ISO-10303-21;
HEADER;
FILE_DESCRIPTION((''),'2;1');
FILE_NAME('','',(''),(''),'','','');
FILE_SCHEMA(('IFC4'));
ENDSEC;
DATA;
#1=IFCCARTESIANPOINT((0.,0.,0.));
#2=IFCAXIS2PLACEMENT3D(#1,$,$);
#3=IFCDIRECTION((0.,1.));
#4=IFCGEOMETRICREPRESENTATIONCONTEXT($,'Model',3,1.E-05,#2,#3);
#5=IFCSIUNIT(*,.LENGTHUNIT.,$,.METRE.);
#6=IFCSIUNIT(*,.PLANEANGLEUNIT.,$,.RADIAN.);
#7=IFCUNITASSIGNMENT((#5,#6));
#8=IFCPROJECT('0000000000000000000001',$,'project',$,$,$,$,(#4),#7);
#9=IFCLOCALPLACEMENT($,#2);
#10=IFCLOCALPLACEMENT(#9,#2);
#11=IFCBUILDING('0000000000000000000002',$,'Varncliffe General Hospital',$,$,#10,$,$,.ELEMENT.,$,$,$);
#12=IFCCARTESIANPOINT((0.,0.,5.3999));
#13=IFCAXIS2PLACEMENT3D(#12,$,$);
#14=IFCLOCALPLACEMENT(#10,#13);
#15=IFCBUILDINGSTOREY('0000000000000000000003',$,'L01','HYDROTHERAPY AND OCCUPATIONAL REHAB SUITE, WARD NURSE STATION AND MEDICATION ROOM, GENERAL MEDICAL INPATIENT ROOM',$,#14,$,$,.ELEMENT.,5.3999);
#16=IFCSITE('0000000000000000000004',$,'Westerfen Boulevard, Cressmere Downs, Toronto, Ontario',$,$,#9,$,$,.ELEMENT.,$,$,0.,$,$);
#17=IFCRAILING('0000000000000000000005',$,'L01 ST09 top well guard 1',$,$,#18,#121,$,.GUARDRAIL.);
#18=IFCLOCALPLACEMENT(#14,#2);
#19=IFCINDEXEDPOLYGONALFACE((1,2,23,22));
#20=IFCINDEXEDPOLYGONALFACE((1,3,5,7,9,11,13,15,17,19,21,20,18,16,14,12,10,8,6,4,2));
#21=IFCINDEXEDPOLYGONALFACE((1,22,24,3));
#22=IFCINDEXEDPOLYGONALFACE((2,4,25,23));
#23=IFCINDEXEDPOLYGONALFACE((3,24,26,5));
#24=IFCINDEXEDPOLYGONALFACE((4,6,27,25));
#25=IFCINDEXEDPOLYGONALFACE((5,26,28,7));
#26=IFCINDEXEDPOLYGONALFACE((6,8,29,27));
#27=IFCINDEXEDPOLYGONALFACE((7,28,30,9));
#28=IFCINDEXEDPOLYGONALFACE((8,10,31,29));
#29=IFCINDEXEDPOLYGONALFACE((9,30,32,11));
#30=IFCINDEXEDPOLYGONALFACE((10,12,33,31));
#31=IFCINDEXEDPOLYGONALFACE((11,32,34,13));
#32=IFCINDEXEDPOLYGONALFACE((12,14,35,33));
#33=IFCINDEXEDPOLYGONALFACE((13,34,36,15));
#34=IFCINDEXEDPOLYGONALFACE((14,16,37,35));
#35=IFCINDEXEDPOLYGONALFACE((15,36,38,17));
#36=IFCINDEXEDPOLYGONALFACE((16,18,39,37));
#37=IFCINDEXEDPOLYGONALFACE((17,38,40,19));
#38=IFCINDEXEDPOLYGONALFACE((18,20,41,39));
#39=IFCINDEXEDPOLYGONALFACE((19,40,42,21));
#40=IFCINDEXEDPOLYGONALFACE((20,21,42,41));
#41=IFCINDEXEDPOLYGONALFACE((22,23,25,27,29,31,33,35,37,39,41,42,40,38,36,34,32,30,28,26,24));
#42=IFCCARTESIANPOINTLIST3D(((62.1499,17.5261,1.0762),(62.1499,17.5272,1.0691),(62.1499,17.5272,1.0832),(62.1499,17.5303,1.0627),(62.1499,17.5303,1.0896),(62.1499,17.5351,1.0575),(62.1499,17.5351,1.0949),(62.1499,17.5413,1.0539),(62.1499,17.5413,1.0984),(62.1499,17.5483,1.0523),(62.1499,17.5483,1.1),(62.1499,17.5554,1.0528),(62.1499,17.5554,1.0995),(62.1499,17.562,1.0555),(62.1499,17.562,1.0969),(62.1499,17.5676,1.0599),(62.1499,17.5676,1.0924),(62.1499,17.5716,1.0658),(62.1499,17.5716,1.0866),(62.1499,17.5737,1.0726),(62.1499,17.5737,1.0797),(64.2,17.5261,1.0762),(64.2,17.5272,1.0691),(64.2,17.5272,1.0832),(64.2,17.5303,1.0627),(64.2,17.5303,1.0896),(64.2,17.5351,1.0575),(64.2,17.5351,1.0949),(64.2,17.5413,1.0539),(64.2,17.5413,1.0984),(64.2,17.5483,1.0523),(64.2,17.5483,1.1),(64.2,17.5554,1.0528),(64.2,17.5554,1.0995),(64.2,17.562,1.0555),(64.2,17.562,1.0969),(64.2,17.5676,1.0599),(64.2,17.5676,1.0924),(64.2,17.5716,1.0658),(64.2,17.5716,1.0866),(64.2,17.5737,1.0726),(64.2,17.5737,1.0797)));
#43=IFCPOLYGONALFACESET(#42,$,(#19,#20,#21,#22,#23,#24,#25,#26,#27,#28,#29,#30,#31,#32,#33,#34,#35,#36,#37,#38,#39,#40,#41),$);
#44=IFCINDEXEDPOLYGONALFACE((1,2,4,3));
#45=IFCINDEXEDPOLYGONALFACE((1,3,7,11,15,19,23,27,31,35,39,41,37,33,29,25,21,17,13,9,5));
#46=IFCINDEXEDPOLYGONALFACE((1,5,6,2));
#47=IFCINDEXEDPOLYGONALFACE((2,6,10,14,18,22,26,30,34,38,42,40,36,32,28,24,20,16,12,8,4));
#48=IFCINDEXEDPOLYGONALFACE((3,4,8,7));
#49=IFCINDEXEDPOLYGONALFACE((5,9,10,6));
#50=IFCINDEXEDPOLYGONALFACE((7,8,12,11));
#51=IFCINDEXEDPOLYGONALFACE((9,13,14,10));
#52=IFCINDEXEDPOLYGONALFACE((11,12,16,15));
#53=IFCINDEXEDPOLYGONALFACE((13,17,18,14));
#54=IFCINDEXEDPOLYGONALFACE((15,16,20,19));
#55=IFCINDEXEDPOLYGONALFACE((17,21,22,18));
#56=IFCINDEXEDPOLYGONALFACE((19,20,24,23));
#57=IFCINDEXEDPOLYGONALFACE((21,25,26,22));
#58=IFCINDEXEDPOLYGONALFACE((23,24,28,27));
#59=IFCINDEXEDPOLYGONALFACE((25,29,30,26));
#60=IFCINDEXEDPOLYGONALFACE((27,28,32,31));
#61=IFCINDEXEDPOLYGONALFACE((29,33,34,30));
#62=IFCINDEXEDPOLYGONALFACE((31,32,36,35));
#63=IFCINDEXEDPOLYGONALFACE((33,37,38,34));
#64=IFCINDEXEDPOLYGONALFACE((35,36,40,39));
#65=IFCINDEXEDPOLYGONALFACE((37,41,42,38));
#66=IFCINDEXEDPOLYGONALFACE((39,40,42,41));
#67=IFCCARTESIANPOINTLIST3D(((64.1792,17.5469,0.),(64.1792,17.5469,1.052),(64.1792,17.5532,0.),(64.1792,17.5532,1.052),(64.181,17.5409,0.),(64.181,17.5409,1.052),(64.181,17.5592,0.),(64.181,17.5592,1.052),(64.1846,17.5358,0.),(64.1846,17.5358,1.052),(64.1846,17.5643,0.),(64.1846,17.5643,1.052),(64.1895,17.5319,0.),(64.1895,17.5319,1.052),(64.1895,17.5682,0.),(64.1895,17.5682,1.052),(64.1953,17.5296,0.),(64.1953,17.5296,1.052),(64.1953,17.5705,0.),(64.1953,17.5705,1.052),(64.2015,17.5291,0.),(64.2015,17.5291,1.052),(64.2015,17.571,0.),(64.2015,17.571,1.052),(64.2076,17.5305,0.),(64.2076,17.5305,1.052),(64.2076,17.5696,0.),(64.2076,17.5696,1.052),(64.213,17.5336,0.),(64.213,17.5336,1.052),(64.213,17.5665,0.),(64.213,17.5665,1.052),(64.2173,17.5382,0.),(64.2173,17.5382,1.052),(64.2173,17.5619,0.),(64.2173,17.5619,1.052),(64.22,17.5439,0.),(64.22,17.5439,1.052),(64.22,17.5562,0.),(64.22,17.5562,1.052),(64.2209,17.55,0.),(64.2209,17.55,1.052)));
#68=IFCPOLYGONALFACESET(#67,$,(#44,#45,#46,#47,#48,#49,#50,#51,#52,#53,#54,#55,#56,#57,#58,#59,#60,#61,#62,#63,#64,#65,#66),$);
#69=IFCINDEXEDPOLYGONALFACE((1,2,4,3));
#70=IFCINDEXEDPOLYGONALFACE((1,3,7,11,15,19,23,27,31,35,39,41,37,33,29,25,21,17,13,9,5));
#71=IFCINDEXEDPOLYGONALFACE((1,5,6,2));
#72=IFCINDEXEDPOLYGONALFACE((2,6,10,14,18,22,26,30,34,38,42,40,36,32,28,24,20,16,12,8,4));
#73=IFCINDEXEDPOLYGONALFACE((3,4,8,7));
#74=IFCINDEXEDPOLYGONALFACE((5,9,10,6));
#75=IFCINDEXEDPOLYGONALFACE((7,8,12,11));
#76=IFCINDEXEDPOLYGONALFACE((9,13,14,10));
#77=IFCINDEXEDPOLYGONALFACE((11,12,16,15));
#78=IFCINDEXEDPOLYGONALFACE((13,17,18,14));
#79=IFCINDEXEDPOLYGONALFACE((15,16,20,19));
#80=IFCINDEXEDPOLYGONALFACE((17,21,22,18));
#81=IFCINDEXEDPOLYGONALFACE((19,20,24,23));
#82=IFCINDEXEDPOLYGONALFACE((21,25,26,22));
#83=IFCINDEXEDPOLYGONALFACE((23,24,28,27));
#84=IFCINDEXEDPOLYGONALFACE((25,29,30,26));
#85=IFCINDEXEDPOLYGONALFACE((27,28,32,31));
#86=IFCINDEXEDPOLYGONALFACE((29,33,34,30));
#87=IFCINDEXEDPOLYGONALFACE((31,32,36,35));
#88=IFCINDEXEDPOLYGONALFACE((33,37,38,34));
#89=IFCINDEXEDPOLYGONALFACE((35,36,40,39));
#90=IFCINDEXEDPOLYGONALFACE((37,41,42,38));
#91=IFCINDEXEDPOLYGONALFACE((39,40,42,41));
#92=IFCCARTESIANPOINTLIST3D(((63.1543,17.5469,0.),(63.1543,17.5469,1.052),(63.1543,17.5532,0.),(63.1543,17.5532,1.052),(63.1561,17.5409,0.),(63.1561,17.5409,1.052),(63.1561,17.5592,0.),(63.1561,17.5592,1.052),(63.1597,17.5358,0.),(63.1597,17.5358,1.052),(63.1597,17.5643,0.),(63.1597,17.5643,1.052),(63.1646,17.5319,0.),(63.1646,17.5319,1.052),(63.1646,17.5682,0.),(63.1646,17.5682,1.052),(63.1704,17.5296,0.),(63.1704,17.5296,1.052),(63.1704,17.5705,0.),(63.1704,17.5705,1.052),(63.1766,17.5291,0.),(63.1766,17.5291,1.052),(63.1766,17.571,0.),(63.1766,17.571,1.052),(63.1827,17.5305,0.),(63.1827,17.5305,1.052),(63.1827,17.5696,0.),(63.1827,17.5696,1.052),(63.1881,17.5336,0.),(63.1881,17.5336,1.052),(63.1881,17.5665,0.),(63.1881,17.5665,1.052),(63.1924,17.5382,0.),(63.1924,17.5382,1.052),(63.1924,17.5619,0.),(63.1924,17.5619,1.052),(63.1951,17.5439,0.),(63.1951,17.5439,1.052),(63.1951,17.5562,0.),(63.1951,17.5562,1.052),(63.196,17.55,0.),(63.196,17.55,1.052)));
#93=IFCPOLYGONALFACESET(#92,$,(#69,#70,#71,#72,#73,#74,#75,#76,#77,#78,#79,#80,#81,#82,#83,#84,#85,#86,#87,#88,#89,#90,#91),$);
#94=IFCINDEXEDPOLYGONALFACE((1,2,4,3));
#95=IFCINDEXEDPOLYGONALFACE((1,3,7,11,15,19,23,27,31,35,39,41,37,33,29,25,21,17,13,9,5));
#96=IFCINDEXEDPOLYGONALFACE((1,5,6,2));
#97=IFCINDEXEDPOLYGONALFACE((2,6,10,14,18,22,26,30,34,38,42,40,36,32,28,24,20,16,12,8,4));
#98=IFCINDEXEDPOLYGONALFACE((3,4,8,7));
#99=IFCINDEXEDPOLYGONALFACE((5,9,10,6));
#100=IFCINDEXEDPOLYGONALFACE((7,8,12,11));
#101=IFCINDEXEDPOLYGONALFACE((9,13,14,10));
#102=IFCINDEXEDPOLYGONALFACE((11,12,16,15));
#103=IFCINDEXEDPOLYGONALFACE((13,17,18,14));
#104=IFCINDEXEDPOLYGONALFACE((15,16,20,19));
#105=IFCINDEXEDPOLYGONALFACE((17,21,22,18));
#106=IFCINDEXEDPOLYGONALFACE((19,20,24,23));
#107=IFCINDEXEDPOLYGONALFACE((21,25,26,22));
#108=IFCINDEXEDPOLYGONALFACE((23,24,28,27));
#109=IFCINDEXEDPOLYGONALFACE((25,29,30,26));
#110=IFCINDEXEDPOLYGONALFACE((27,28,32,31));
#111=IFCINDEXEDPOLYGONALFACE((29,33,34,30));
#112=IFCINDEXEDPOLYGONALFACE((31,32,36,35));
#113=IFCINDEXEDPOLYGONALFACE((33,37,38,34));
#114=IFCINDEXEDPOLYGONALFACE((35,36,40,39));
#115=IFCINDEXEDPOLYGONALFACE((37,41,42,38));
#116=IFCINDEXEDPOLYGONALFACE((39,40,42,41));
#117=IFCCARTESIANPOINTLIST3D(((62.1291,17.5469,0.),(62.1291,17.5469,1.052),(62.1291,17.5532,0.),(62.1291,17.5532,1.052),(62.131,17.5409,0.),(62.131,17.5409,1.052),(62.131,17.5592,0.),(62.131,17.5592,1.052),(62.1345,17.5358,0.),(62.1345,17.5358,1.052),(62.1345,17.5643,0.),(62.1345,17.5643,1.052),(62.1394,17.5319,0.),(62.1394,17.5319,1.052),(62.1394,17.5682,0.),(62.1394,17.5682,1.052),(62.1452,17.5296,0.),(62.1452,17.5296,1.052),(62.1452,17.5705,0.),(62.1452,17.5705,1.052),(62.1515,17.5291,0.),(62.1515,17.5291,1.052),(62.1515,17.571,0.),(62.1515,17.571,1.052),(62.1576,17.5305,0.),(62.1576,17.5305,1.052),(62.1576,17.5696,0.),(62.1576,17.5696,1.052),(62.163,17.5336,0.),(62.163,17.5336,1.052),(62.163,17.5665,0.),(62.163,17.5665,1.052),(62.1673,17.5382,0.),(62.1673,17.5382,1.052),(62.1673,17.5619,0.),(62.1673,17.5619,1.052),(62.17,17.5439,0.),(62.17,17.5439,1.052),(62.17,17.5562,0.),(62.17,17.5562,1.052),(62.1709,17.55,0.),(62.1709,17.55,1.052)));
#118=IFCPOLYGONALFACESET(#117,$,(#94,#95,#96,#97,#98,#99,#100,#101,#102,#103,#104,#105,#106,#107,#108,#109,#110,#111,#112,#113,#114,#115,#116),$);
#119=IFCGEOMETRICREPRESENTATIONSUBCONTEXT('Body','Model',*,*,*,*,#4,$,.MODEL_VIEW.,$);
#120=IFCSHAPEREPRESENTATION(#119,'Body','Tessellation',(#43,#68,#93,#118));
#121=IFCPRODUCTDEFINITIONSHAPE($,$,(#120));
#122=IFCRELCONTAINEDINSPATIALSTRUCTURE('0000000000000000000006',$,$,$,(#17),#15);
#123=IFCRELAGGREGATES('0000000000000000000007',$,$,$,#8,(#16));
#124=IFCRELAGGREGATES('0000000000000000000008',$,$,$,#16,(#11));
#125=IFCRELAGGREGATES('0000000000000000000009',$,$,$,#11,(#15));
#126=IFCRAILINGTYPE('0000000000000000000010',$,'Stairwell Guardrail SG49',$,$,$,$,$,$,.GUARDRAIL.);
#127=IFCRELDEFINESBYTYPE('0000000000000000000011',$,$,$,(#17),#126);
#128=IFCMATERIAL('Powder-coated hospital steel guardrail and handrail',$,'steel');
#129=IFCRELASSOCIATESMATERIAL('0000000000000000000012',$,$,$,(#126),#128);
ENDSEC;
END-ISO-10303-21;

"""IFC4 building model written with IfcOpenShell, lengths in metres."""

from ifc_helpers import new_model, si_unit, direction, frame, origin, origin_2d, place, context, subcontext, project, spatial, circle, extrude, material, type_object, element, save


model = new_model("IFC4")

# Units and contexts
model_context = context("Model", 3, precision=1e-05, world=origin(), true_north=direction((0.0, 1.0)))
body_context = subcontext(model_context, "Body", "Model", "MODEL_VIEW")
ifc_project = project(units=[si_unit("LENGTHUNIT", "METRE"), si_unit("PLANEANGLEUNIT", "RADIAN")], contexts=[model_context])

# Site, building, storey
site_placement = place(None, origin())
site = spatial("IfcSite", under=ifc_project, at=site_placement, Name="Westerfen Boulevard, Cressmere Downs, Toronto, Ontario", CompositionType="ELEMENT", RefElevation=0.0)
building_placement = place(site_placement, origin())
building = spatial("IfcBuilding", under=site, at=building_placement, Name="Varncliffe General Hospital", CompositionType="ELEMENT")
storey_placement = place(building_placement, frame((0.0, 0.0, 5.3999)))
storey = spatial("IfcBuildingStorey", under=building, at=storey_placement, Name="L01", Description="HYDROTHERAPY AND OCCUPATIONAL REHAB SUITE, WARD NURSE STATION AND MEDICATION ROOM, GENERAL MEDICAL INPATIENT ROOM", CompositionType="ELEMENT", Elevation=5.3999)

# Railing
ifc_material_1 = material(Name="Powder-coated hospital steel guardrail and handrail", Category="steel")
railing_type = type_object("IfcRailingType", Name="Stairwell Guardrail SG49", PredefinedType="GUARDRAIL", material=ifc_material_1)
railing_placement = place(storey_placement, frame((64.2, 17.55, 0.0)))
element("IfcRailing", 1, at=railing_placement, inside=storey, type_object=railing_type, Name="L01 ST09 top well guard 1", PredefinedType="GUARDRAIL", context=body_context, shape_type="SweptSolid", body=[
    extrude(circle(Radius=0.0239, at=origin_2d()), frame((0.0, 0.0, 1.0762), z_axis=(-1.0, 0.0, 0.0), x_axis=(0.0, -1.0, 0.0)), (0.0, 0.0, 1.0), 2.05),
    extrude(circle(Radius=0.021, at=origin_2d()), origin(), (0.0, 0.0, 1.0), 1.052),
    extrude(circle(Radius=0.021, at=origin_2d()), frame((-1.0249, 0.0, 0.0)), (0.0, 0.0, 1.0), 1.052),
    extrude(circle(Radius=0.021, at=origin_2d()), frame((-2.05, 0.0, 0.0)), (0.0, 0.0, 1.0), 1.052),
])

save(model, "model.ifc")
